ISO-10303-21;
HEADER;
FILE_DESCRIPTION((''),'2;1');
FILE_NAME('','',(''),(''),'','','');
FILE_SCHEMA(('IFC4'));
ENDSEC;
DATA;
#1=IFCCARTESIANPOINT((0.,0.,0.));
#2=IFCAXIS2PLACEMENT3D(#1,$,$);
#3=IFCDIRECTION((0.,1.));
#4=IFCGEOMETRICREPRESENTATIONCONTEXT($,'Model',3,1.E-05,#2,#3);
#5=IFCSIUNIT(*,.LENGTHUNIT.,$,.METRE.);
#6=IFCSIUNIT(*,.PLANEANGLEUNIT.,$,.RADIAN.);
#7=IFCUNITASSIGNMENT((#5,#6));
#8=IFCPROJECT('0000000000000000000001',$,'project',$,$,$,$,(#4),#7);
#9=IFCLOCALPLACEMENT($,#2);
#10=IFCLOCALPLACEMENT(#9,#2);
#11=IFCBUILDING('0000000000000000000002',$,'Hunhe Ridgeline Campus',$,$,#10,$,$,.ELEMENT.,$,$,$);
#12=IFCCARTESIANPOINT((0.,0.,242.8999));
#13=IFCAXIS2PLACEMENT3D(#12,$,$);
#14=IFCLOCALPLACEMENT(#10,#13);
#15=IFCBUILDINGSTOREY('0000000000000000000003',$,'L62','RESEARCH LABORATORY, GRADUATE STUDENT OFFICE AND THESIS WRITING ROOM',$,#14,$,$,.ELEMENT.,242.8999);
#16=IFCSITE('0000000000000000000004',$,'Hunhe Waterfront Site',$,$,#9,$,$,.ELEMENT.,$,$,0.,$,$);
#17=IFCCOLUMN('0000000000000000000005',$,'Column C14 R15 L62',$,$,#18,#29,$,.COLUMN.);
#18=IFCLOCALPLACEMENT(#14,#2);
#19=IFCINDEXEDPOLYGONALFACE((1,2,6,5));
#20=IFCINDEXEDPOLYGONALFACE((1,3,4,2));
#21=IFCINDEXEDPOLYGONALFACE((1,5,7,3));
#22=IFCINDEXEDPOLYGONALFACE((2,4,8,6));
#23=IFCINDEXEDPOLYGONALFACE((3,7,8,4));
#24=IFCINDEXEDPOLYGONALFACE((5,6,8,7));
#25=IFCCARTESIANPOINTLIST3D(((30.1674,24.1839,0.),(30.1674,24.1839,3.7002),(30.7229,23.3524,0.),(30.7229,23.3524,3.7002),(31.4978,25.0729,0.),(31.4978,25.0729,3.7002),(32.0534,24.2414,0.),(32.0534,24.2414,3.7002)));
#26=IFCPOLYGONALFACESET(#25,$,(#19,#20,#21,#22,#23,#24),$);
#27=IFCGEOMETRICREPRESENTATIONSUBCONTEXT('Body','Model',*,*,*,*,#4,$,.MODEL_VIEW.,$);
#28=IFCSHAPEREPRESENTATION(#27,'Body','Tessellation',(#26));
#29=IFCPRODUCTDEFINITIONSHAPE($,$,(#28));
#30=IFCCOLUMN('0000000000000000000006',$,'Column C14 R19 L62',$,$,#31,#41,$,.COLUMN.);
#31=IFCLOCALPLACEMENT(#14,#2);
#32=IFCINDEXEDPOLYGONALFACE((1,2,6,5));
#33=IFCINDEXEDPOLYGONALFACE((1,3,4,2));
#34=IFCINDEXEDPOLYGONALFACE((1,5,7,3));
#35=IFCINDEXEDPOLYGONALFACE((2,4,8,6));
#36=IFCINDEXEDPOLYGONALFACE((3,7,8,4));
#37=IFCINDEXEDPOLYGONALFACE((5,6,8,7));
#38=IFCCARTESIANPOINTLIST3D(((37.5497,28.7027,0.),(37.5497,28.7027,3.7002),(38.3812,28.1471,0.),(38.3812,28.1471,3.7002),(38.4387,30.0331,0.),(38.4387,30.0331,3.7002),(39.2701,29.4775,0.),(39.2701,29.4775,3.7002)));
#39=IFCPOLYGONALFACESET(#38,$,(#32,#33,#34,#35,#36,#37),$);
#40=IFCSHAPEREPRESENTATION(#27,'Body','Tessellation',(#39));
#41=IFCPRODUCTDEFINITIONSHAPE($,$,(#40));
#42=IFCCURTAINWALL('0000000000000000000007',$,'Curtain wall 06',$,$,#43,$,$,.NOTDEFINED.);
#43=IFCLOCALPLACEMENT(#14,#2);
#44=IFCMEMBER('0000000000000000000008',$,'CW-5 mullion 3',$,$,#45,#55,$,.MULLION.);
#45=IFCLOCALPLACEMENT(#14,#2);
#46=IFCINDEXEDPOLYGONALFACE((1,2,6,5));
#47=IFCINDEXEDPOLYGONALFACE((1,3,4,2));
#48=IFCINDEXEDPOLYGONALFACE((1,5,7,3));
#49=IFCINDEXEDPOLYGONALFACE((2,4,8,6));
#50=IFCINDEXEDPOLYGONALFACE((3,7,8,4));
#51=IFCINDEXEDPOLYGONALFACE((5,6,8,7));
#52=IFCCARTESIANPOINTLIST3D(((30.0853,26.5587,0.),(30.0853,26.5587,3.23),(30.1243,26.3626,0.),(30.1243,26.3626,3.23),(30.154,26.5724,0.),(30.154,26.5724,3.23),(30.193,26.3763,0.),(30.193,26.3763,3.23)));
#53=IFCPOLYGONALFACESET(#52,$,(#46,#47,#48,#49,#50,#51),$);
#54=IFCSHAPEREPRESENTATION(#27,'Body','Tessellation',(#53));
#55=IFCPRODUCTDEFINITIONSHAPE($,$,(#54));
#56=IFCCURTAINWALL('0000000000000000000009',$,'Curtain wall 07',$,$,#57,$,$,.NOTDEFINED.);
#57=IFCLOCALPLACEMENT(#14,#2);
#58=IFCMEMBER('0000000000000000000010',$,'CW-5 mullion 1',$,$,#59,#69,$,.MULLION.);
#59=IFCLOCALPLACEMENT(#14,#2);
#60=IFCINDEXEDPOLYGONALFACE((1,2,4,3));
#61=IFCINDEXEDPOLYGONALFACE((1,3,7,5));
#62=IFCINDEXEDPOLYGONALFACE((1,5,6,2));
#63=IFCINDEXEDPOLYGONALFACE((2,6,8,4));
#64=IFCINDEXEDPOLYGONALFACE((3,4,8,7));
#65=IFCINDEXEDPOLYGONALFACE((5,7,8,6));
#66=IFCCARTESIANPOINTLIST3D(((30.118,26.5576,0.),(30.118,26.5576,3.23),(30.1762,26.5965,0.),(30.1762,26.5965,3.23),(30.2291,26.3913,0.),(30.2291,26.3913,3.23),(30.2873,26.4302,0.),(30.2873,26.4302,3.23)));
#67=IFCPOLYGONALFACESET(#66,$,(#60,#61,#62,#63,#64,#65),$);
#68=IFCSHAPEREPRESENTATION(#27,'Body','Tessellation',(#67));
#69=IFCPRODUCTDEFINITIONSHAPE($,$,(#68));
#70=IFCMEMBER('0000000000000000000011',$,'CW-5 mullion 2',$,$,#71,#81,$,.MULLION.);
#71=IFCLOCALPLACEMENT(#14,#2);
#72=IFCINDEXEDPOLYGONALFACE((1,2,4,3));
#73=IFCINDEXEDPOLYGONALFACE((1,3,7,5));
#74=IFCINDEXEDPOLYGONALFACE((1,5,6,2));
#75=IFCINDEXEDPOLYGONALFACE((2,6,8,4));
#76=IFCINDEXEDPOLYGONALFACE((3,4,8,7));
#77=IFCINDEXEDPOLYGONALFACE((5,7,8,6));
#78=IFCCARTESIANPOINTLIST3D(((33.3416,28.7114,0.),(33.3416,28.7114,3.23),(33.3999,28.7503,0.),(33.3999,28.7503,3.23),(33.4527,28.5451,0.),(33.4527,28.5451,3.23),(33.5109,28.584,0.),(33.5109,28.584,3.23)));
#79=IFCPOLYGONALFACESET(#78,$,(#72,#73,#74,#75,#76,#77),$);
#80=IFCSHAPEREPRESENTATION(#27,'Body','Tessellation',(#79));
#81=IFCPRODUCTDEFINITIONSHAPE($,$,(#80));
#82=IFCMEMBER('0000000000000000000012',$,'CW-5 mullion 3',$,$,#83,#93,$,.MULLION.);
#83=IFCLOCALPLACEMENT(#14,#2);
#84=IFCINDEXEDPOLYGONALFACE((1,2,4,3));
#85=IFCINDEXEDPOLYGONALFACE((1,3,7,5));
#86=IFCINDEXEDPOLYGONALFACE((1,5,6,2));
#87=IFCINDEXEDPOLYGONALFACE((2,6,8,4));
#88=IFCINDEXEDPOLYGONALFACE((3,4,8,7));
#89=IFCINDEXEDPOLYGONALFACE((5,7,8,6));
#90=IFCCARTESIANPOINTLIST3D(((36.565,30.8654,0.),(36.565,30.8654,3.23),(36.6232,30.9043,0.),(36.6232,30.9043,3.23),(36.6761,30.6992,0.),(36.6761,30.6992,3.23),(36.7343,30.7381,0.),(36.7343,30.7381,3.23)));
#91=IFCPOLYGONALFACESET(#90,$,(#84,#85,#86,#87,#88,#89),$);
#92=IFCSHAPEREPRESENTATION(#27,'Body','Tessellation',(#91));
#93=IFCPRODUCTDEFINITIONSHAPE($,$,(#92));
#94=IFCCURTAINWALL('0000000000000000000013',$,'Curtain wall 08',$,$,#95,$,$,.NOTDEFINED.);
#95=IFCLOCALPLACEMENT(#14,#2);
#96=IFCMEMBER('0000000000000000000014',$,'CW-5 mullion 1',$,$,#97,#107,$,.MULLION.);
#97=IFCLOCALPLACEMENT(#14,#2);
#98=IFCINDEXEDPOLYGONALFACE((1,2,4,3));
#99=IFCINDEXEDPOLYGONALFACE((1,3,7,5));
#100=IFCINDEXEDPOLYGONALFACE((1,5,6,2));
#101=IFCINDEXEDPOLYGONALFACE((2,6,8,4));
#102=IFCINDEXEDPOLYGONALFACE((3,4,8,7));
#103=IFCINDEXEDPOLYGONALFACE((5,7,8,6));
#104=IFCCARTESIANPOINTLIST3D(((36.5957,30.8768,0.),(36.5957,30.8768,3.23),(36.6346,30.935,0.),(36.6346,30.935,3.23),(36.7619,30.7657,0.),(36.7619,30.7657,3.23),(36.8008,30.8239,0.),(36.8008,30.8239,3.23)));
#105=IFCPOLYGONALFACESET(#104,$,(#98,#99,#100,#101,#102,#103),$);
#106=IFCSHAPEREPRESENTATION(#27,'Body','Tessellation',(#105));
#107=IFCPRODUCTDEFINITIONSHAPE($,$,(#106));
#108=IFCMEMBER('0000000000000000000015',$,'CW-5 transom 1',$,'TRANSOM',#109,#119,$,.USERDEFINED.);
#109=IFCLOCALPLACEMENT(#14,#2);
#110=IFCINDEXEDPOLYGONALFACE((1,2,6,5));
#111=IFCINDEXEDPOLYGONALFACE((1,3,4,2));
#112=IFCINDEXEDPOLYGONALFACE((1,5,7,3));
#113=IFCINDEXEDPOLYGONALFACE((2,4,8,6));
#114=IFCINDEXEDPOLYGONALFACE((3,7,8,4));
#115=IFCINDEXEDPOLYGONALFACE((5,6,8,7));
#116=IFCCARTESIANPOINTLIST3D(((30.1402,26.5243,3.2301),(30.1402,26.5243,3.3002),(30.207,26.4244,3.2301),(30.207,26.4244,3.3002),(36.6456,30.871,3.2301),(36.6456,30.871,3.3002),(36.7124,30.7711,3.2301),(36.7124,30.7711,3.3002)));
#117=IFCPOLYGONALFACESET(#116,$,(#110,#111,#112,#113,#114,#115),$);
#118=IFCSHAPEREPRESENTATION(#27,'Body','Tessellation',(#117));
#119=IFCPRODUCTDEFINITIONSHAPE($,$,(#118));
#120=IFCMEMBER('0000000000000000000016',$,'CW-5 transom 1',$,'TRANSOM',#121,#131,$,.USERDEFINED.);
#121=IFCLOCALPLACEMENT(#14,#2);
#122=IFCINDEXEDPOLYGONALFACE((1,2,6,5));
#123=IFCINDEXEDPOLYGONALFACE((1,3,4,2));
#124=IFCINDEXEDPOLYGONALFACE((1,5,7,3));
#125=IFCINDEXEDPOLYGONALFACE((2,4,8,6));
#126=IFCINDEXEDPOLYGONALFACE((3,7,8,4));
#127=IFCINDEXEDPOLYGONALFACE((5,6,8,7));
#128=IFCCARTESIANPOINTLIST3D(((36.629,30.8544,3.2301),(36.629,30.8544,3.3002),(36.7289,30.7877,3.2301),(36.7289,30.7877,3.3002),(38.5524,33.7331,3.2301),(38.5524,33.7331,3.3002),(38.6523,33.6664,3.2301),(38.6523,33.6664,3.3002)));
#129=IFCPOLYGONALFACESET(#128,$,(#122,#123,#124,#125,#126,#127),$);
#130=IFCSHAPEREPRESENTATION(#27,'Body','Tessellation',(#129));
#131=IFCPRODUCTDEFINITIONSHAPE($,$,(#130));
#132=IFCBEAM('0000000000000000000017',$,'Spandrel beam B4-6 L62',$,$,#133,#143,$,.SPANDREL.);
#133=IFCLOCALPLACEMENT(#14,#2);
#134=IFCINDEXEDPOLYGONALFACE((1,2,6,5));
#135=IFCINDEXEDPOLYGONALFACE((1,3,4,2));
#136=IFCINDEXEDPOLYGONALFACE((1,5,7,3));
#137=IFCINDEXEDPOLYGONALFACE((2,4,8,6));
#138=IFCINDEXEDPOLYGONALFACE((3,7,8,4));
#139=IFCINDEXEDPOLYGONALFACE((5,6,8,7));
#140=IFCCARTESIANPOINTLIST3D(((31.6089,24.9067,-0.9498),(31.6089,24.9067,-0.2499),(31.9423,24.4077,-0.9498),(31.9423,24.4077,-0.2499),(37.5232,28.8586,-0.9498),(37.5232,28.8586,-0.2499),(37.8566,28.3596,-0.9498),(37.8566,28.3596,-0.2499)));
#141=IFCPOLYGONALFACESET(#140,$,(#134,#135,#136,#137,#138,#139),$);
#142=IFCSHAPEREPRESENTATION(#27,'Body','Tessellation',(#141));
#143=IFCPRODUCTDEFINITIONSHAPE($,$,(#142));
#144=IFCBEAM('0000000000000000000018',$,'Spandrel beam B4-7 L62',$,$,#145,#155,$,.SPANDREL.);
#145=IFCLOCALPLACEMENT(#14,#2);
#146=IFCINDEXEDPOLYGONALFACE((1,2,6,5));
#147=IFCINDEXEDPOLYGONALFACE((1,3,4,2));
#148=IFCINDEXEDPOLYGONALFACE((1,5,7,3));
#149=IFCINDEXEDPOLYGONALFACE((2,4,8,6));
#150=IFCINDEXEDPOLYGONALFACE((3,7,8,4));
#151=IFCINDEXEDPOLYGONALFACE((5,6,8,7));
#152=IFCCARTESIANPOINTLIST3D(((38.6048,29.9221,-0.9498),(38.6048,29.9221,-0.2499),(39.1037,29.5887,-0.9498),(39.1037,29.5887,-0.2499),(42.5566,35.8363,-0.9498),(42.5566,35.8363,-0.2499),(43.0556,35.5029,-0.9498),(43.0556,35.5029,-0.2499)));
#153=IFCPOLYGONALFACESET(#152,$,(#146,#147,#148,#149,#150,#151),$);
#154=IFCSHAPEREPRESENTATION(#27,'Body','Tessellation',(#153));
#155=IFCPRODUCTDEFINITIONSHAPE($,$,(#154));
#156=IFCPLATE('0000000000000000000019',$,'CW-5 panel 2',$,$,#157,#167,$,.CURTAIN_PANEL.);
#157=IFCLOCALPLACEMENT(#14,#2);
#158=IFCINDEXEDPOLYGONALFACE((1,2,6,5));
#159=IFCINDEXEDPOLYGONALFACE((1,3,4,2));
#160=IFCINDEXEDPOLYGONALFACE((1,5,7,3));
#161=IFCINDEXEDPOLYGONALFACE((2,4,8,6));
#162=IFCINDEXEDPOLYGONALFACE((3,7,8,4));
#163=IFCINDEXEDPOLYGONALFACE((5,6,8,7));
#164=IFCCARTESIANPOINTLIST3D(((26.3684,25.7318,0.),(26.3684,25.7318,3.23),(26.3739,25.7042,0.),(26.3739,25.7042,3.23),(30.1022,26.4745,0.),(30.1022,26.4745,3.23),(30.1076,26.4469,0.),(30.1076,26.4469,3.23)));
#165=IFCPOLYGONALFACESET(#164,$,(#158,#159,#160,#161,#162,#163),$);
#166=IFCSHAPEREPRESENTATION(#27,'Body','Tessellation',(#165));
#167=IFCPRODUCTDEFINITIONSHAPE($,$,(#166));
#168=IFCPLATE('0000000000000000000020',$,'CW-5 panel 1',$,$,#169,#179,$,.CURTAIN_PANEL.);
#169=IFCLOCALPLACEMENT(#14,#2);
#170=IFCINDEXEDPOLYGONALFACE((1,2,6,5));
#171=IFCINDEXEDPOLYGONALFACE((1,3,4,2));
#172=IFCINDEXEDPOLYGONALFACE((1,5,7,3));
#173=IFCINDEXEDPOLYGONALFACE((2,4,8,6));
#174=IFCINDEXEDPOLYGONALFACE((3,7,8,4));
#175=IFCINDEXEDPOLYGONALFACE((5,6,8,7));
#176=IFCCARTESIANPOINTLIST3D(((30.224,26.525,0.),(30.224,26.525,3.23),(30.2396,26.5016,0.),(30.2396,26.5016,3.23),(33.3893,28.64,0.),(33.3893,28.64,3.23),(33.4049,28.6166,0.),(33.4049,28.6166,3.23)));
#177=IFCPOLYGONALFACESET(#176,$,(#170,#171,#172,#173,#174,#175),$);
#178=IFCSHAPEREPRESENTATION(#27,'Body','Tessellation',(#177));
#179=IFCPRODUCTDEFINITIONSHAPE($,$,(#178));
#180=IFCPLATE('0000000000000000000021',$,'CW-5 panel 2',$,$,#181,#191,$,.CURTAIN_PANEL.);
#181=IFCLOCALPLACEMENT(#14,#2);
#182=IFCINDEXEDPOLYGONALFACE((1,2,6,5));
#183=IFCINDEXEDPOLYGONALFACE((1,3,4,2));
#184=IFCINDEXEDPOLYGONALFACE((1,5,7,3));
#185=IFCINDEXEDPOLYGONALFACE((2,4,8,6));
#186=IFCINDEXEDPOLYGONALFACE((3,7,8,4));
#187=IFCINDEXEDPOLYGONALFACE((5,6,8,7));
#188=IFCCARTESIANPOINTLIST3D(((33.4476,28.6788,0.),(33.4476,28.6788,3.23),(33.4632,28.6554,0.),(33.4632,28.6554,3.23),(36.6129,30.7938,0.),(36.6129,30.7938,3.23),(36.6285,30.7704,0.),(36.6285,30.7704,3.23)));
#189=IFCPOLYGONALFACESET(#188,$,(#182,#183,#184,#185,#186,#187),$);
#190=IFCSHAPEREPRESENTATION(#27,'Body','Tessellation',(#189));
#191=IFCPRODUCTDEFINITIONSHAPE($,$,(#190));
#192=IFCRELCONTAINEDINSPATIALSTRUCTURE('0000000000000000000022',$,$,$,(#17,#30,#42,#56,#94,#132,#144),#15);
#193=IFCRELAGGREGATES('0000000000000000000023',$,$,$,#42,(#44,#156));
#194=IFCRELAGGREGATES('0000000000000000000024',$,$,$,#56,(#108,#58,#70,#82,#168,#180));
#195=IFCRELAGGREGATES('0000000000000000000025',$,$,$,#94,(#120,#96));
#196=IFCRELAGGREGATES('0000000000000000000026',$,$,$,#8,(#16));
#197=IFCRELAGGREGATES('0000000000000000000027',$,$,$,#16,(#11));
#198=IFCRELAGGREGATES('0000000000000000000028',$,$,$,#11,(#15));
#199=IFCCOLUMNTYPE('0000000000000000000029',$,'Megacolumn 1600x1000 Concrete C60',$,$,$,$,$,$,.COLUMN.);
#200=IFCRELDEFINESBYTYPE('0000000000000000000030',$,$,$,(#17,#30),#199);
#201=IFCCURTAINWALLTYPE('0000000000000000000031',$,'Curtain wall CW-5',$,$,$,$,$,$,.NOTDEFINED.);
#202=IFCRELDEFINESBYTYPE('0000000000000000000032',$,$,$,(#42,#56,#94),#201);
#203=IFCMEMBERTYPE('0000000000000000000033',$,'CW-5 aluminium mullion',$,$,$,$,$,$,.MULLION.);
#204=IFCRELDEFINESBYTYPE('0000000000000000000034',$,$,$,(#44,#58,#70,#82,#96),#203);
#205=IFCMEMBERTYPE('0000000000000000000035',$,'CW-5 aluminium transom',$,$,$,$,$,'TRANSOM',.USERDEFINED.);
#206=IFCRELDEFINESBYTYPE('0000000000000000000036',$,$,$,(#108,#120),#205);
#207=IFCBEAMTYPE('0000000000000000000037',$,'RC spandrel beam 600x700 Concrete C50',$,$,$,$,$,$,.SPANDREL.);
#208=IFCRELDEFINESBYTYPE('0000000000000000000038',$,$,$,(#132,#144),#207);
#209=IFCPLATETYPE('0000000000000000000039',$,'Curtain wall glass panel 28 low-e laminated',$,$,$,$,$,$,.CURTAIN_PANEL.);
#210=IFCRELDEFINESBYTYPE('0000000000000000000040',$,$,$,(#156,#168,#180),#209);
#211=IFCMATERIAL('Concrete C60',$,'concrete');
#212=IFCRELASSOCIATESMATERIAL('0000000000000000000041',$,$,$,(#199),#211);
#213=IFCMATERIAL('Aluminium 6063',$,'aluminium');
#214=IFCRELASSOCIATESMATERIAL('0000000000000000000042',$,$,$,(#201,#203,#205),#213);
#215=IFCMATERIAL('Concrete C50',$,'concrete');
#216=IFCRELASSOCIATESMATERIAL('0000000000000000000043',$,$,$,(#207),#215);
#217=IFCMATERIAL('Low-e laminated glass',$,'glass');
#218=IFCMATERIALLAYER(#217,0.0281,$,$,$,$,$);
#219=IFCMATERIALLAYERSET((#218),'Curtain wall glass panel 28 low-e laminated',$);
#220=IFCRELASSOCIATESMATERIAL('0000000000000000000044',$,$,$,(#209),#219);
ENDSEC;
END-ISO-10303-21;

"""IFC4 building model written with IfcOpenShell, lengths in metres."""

from ifc_helpers import new_model, si_unit, direction, frame, origin, origin_2d, place, context, subcontext, project, spatial, rectangle, extrude, material, layer, layer_set, material_profile, profile_set, type_object, element, aggregate, save


model = new_model("IFC4")

# Units and contexts
model_context = context("Model", 3, precision=1e-05, world=origin(), true_north=direction((0.0, 1.0)))
body_context = subcontext(model_context, "Body", "Model", "MODEL_VIEW")
ifc_project = project(units=[si_unit("LENGTHUNIT", "METRE"), si_unit("PLANEANGLEUNIT", "RADIAN")], contexts=[model_context])

# Site, building, storey
site_placement = place(None, origin())
site = spatial("IfcSite", under=ifc_project, at=site_placement, Name="Hunhe Waterfront Site", CompositionType="ELEMENT", RefElevation=0.0)
building_placement = place(site_placement, origin())
building = spatial("IfcBuilding", under=site, at=building_placement, Name="Hunhe Ridgeline Campus", CompositionType="ELEMENT")
storey_placement = place(building_placement, frame((0.0, 0.0, 242.8999)))
storey = spatial("IfcBuildingStorey", under=building, at=storey_placement, Name="L62", Description="RESEARCH LABORATORY, GRADUATE STUDENT OFFICE AND THESIS WRITING ROOM", CompositionType="ELEMENT", Elevation=242.8999)

# Columns
ifc_material_1 = material(Name="Concrete C60", Category="concrete")
ifc_material_profile_1 = material_profile(ifc_material_1, rectangle(XDim=1.6001, YDim=1.0, at=origin_2d()))
ifc_profile_set_1 = profile_set([ifc_material_profile_1], Name="Concrete C60")
column_type = type_object("IfcColumnType", Name="Megacolumn 1600x1000 Concrete C60", PredefinedType="COLUMN", material=ifc_profile_set_1)
for number, where, z_axis, x_axis, name in (
    (1, (31.1104, 24.2126, 0.0), (0.0, 0.0, 1.0), (0.83147, 0.55557, 0.0), "Column C14 R15 L62"),
    (2, (38.4099, 29.0901, 0.0), (0.0, 0.0, 1.0), (0.55557, 0.83147, 0.0), "Column C14 R19 L62"),
):
    element("IfcColumn", number, at=place(storey_placement, frame(where, z_axis=z_axis, x_axis=x_axis)), inside=storey, type_object=column_type, Name=name, PredefinedType="COLUMN", context=body_context, shape_type="SweptSolid", body=[
        extrude(rectangle(XDim=1.6001, YDim=1.0, at=origin_2d()), origin(), (0.0, 0.0, 1.0), 3.7002),
    ])

# Curtain wall, member
ifc_material_2 = material(Name="Aluminium 6063", Category="aluminium")
curtain_wall_type = type_object("IfcCurtainWallType", Name="Curtain wall CW-5", PredefinedType="NOTDEFINED", material=ifc_material_2)
curtain_wall_1_placement = place(storey_placement, origin())
curtain_wall_1 = element("IfcCurtainWall", 3, at=curtain_wall_1_placement, inside=storey, type_object=curtain_wall_type, Name="Curtain wall 06", PredefinedType="NOTDEFINED")
ifc_material_profile_2 = material_profile(ifc_material_2, rectangle(XDim=0.2, YDim=0.0701, at=origin_2d()))
ifc_profile_set_2 = profile_set([ifc_material_profile_2], Name="Aluminium 6063")
member_type_1 = type_object("IfcMemberType", Name="CW-5 aluminium mullion", PredefinedType="MULLION", material=ifc_profile_set_2)
member_1_placement = place(storey_placement, frame((30.1392, 26.4675, 0.0), z_axis=(0.0, 0.0, 1.0), x_axis=(-0.19509, 0.980785, 0.0)))
member_1 = element("IfcMember", 4, at=member_1_placement, type_object=member_type_1, Name="CW-5 mullion 3", PredefinedType="MULLION", context=body_context, shape_type="SweptSolid", body=[
    extrude(rectangle(XDim=0.2, YDim=0.0701, at=origin_2d()), origin(), (0.0, 0.0, 1.0), 3.23),
])

# Curtain wall, members
curtain_wall_2_placement = place(storey_placement, origin())
curtain_wall_2 = element("IfcCurtainWall", 5, at=curtain_wall_2_placement, inside=storey, type_object=curtain_wall_type, Name="Curtain wall 07", PredefinedType="NOTDEFINED")
member_2_placement = place(storey_placement, frame((30.2026, 26.4939, 0.0), z_axis=(0.0, 0.0, 1.0), x_axis=(-0.55557, 0.83147, 0.0)))
member_2 = element("IfcMember", 6, at=member_2_placement, type_object=member_type_1, Name="CW-5 mullion 1", PredefinedType="MULLION", context=body_context, shape_type="SweptSolid", body=[
    extrude(rectangle(XDim=0.2, YDim=0.0701, at=origin_2d()), origin(), (0.0, 0.0, 1.0), 3.23),
])
member_3_placement = place(storey_placement, frame((33.4263, 28.6477, 0.0), z_axis=(0.0, 0.0, 1.0), x_axis=(-0.55557, 0.83147, 0.0)))
member_3 = element("IfcMember", 7, at=member_3_placement, type_object=member_type_1, Name="CW-5 mullion 2", PredefinedType="MULLION", context=body_context, shape_type="SweptSolid", body=[
    extrude(rectangle(XDim=0.2, YDim=0.0701, at=origin_2d()), origin(), (0.0, 0.0, 1.0), 3.23),
])
member_4_placement = place(storey_placement, frame((36.6497, 30.8018, 0.0), z_axis=(0.0, 0.0, 1.0), x_axis=(-0.55557, 0.83147, 0.0)))
member_4 = element("IfcMember", 8, at=member_4_placement, type_object=member_type_1, Name="CW-5 mullion 3", PredefinedType="MULLION", context=body_context, shape_type="SweptSolid", body=[
    extrude(rectangle(XDim=0.2, YDim=0.0701, at=origin_2d()), origin(), (0.0, 0.0, 1.0), 3.23),
])

# Curtain wall, member
curtain_wall_3_placement = place(storey_placement, origin())
curtain_wall_3 = element("IfcCurtainWall", 9, at=curtain_wall_3_placement, inside=storey, type_object=curtain_wall_type, Name="Curtain wall 08", PredefinedType="NOTDEFINED")
member_5_placement = place(storey_placement, frame((36.6982, 30.8503, 0.0), z_axis=(0.0, 0.0, 1.0), x_axis=(-0.83147, 0.55557, 0.0)))
member_5 = element("IfcMember", 10, at=member_5_placement, type_object=member_type_1, Name="CW-5 mullion 1", PredefinedType="MULLION", context=body_context, shape_type="SweptSolid", body=[
    extrude(rectangle(XDim=0.2, YDim=0.0701, at=origin_2d()), origin(), (0.0, 0.0, 1.0), 3.23),
])

# Members
ifc_material_profile_3 = material_profile(ifc_material_2, rectangle(XDim=0.1201, YDim=0.0701, at=origin_2d()))
ifc_profile_set_3 = profile_set([ifc_material_profile_3], Name="Aluminium 6063")
member_type_2 = type_object("IfcMemberType", Name="CW-5 aluminium transom", ElementType="TRANSOM", PredefinedType="USERDEFINED", material=ifc_profile_set_3)
member_6_placement = place(storey_placement, frame((30.1736, 26.4744, 3.2651), z_axis=(0.831474, 0.555564, 0.0), x_axis=(-0.555564, 0.831474, 0.0)))
member_6 = element("IfcMember", 11, at=member_6_placement, type_object=member_type_2, Name="CW-5 transom 1", ObjectType="TRANSOM", PredefinedType="USERDEFINED", context=body_context, shape_type="SweptSolid", body=[
    extrude(rectangle(XDim=0.1201, YDim=0.0701, at=origin_2d()), origin(), (0.0, 0.0, 1.0), 7.824),
])
member_7_placement = place(storey_placement, frame((36.679, 30.821, 3.2651), z_axis=(0.555546, 0.831486, 0.0), x_axis=(-0.831486, 0.555546, 0.0)))
member_7 = element("IfcMember", 12, at=member_7_placement, type_object=member_type_2, Name="CW-5 transom 1", ObjectType="TRANSOM", PredefinedType="USERDEFINED", context=body_context, shape_type="SweptSolid", body=[
    extrude(rectangle(XDim=0.1201, YDim=0.0701, at=origin_2d()), origin(), (0.0, 0.0, 1.0), 3.4622),
])

# Beams
ifc_material_3 = material(Name="Concrete C50", Category="concrete")
ifc_material_profile_4 = material_profile(ifc_material_3, rectangle(XDim=0.6001, YDim=0.7, at=origin_2d()))
ifc_profile_set_4 = profile_set([ifc_material_profile_4], Name="Concrete C50")
beam_type = type_object("IfcBeamType", Name="RC spandrel beam 600x700 Concrete C50", PredefinedType="SPANDREL", material=ifc_profile_set_4)
for number, where, z_axis, x_axis, name in (
    (13, (31.7756, 24.6572, -0.5999), (0.831464, 0.555579, 0.0), (-0.555579, 0.831464, 0.0), "Spandrel beam B4-6 L62"),
    (14, (38.8542, 29.7554, -0.5999), (0.555579, 0.831464, 0.0), (-0.831464, 0.555579, 0.0), "Spandrel beam B4-7 L62"),
):
    element("IfcBeam", number, at=place(storey_placement, frame(where, z_axis=z_axis, x_axis=x_axis)), inside=storey, type_object=beam_type, Name=name, PredefinedType="SPANDREL", context=body_context, shape_type="SweptSolid", body=[
        extrude(rectangle(XDim=0.6001, YDim=0.7, at=origin_2d()), origin(), (0.0, 0.0, 1.0), 7.113),
    ])

# Plates
ifc_material_4 = material(Name="Low-e laminated glass", Category="glass")
ifc_layer_1 = layer(ifc_material_4, 0.0281)
ifc_layer_set_1 = layer_set([ifc_layer_1], Name="Curtain wall glass panel 28 low-e laminated")
plate_type = type_object("IfcPlateType", Name="Curtain wall glass panel 28 low-e laminated", PredefinedType="CURTAIN_PANEL", material=ifc_layer_set_1)
plate_1_placement = place(storey_placement, frame((28.238, 26.0894, 0.0), z_axis=(0.0, 0.0, 1.0), x_axis=(0.980785, 0.19509, 0.0)))
plate_1 = element("IfcPlate", 15, at=plate_1_placement, type_object=plate_type, Name="CW-5 panel 2", PredefinedType="CURTAIN_PANEL", context=body_context, shape_type="SweptSolid", body=[
    extrude(rectangle(XDim=3.8069, YDim=0.0281, at=origin_2d()), origin(), (0.0, 0.0, 1.0), 3.23),
])
aggregate(curtain_wall_1, [member_1, plate_1])
plate_2_placement = place(storey_placement, frame((31.8145, 27.5708, 0.0), z_axis=(0.0, 0.0, 1.0), x_axis=(0.83147, 0.55557, 0.0)))
plate_2 = element("IfcPlate", 16, at=plate_2_placement, type_object=plate_type, Name="CW-5 panel 1", PredefinedType="CURTAIN_PANEL", context=body_context, shape_type="SweptSolid", body=[
    extrude(rectangle(XDim=3.8069, YDim=0.0281, at=origin_2d()), origin(), (0.0, 0.0, 1.0), 3.23),
])
plate_3_placement = place(storey_placement, frame((35.0381, 29.7246, 0.0), z_axis=(0.0, 0.0, 1.0), x_axis=(0.83147, 0.55557, 0.0)))
plate_3 = element("IfcPlate", 17, at=plate_3_placement, type_object=plate_type, Name="CW-5 panel 2", PredefinedType="CURTAIN_PANEL", context=body_context, shape_type="SweptSolid", body=[
    extrude(rectangle(XDim=3.8069, YDim=0.0281, at=origin_2d()), origin(), (0.0, 0.0, 1.0), 3.23),
])
aggregate(curtain_wall_2, [member_6, member_2, member_3, member_4, plate_2, plate_3])
aggregate(curtain_wall_3, [member_7, member_5])

save(model, "model.ifc")
